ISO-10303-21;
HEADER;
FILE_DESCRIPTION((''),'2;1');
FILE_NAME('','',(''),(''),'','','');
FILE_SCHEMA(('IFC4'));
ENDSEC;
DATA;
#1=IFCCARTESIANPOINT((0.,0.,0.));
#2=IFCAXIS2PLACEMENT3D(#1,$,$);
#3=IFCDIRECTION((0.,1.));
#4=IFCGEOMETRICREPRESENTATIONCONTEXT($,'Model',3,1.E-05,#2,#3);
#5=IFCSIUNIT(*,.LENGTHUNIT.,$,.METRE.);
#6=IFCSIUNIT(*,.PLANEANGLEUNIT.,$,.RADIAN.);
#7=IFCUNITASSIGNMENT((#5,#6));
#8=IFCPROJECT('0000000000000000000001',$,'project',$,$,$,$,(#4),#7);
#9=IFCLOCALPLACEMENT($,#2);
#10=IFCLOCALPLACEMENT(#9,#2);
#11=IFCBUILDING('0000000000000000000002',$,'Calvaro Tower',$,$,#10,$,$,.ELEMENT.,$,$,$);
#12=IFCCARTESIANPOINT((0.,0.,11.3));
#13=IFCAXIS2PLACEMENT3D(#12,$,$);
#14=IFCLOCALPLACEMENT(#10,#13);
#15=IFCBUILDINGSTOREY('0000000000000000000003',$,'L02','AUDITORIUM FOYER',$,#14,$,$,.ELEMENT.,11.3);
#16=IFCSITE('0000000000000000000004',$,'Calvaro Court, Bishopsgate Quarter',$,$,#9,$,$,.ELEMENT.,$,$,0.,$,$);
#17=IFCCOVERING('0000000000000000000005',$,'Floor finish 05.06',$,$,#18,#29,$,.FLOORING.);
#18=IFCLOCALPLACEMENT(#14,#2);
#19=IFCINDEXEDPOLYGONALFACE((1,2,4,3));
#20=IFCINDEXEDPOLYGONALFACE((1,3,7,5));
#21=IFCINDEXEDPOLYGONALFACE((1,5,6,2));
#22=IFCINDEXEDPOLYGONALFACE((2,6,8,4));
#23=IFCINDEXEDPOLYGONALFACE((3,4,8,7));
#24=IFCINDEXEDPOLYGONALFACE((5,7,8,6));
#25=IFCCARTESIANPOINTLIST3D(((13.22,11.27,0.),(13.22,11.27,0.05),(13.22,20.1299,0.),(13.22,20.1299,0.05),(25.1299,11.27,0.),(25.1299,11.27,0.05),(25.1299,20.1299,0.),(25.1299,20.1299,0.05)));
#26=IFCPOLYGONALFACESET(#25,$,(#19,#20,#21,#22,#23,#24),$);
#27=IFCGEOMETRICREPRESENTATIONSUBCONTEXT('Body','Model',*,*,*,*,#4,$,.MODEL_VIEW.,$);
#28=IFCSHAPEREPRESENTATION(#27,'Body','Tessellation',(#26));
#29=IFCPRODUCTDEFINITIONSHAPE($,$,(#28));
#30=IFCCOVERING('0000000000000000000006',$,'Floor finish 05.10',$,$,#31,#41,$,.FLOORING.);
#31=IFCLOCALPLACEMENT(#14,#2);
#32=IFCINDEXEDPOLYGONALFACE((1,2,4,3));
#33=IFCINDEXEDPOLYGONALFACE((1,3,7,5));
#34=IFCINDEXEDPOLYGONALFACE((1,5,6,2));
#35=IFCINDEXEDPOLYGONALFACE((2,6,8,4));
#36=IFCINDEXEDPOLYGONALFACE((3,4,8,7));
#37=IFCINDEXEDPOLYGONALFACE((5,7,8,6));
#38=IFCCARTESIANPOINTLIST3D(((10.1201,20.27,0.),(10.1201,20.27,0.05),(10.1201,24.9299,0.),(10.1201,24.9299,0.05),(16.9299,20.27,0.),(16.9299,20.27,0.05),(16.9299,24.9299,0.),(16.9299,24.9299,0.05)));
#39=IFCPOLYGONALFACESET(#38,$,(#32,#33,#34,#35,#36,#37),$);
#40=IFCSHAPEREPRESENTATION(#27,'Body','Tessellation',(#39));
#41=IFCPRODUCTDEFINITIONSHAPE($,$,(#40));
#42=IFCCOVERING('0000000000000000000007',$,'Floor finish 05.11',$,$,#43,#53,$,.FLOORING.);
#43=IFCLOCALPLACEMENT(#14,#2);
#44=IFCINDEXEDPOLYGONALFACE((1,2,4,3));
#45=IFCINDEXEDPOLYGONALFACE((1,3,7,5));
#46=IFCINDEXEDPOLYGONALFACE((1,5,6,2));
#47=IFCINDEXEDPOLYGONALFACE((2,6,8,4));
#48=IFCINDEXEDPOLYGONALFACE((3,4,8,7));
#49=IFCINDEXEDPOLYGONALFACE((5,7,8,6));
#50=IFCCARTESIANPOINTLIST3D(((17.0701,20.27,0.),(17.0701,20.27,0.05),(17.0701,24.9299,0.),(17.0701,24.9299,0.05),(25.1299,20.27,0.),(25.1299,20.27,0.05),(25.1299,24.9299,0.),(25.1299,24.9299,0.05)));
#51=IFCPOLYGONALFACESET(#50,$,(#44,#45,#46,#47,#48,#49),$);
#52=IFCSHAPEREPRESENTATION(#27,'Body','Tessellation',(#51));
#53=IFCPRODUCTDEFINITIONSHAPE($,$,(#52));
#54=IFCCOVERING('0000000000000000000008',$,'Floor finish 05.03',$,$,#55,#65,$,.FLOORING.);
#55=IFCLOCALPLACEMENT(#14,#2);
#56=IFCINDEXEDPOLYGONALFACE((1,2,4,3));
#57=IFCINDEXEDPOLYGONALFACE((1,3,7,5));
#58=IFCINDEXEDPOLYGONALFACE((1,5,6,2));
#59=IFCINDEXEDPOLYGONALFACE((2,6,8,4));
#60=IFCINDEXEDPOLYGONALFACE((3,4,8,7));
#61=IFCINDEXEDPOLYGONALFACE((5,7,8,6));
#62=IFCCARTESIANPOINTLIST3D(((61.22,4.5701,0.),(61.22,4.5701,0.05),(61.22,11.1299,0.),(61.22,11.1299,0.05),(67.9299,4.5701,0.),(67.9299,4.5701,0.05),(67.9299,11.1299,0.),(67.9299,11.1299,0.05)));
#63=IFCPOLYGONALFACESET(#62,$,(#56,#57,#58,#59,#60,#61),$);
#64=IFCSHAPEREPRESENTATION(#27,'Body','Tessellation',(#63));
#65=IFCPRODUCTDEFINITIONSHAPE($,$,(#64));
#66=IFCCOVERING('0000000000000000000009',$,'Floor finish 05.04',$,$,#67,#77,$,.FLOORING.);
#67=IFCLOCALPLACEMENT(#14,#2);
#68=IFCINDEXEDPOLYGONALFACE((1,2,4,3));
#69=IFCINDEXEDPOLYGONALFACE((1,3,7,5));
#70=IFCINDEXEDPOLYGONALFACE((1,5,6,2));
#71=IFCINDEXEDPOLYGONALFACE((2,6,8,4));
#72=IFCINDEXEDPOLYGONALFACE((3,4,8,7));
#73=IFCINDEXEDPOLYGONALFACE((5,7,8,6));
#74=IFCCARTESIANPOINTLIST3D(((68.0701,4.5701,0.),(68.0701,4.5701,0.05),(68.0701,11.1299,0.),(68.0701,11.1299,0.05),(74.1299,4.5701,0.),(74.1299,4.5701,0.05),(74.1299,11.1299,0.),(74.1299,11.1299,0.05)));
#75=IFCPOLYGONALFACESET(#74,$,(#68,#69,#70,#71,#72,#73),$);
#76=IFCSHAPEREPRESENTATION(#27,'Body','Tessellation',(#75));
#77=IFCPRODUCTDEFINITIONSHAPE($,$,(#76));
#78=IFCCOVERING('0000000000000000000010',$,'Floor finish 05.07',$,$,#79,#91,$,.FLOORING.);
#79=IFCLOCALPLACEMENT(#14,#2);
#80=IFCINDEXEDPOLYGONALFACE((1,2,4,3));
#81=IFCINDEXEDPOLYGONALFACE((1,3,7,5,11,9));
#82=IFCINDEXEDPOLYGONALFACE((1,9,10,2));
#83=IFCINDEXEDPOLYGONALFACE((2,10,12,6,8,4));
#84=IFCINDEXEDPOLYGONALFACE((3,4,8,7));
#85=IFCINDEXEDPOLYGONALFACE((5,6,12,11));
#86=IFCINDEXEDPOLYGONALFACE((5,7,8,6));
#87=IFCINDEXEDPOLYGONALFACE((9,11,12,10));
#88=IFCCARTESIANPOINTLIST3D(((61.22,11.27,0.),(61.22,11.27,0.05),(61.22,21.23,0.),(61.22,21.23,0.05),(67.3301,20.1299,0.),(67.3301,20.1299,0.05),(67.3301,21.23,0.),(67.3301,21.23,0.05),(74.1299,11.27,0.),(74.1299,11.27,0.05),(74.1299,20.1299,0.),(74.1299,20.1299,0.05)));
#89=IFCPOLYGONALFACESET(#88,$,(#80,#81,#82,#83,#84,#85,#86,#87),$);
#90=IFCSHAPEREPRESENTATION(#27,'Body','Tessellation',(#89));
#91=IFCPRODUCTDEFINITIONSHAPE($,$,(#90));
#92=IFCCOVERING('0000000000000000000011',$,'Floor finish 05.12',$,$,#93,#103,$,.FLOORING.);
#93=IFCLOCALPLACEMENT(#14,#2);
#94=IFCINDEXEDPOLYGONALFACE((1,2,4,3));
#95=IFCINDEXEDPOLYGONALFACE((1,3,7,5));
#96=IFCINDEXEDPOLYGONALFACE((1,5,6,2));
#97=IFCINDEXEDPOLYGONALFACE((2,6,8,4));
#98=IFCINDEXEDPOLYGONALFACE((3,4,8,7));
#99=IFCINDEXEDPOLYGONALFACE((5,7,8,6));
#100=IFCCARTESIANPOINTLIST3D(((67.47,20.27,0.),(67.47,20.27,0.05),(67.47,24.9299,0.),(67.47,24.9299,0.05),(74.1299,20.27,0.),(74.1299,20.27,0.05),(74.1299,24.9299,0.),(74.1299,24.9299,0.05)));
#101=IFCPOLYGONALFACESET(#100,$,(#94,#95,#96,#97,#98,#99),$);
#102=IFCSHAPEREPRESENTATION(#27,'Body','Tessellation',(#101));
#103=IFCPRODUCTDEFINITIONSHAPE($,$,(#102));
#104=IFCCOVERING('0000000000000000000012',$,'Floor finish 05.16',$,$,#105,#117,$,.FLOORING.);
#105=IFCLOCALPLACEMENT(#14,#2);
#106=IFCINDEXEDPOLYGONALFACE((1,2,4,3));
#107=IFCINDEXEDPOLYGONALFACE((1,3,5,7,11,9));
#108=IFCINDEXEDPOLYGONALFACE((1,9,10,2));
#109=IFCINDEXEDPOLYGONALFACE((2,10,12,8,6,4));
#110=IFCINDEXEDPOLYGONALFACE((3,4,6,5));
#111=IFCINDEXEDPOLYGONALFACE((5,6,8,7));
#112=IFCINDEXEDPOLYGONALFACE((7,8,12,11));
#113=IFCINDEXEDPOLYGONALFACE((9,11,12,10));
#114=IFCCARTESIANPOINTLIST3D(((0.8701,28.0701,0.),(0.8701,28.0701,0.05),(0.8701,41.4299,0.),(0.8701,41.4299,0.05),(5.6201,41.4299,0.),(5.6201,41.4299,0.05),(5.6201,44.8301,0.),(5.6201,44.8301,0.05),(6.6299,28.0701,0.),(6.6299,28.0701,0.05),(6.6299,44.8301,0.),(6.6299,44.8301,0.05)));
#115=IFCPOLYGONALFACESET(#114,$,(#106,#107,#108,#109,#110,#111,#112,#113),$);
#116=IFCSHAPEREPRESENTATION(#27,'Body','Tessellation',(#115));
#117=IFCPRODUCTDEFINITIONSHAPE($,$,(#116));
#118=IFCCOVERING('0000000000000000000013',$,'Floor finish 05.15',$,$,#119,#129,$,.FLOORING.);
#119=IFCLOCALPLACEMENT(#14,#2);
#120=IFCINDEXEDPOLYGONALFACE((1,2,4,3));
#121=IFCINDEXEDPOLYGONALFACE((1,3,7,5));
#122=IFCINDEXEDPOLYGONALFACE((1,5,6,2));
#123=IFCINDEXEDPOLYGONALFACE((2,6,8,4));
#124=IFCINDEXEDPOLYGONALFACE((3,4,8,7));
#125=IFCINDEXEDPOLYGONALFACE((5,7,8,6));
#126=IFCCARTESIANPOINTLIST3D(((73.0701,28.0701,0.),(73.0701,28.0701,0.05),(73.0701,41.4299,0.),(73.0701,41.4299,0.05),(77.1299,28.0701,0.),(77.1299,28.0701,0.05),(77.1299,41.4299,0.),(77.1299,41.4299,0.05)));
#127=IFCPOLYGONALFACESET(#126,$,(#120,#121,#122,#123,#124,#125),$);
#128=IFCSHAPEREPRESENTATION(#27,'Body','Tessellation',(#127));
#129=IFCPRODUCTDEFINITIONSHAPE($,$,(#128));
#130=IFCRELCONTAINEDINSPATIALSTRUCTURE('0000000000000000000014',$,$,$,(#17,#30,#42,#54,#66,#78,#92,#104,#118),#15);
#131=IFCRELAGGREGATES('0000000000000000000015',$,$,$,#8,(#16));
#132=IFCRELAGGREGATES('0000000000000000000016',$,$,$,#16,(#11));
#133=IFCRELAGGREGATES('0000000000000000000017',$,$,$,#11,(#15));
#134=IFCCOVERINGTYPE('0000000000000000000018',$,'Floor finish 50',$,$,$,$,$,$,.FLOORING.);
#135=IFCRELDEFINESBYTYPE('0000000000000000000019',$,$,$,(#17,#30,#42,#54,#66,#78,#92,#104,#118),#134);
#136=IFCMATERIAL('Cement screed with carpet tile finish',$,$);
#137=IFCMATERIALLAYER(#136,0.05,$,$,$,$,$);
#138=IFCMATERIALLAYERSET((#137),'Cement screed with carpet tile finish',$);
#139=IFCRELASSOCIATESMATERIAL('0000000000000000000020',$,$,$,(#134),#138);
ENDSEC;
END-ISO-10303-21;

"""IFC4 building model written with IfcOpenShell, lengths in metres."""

from ifc_helpers import new_model, si_unit, direction, frame, origin, place, context, subcontext, project, spatial, polyline, outline, extrude, material, layer, layer_set, type_object, element, save


model = new_model("IFC4")

# Units and contexts
model_context = context("Model", 3, precision=1e-05, world=origin(), true_north=direction((0.0, 1.0)))
body_context = subcontext(model_context, "Body", "Model", "MODEL_VIEW")
ifc_project = project(units=[si_unit("LENGTHUNIT", "METRE"), si_unit("PLANEANGLEUNIT", "RADIAN")], contexts=[model_context])

# Site, building, storey
site_placement = place(None, origin())
site = spatial("IfcSite", under=ifc_project, at=site_placement, Name="Calvaro Court, Bishopsgate Quarter", CompositionType="ELEMENT", RefElevation=0.0)
building_placement = place(site_placement, origin())
building = spatial("IfcBuilding", under=site, at=building_placement, Name="Calvaro Tower", CompositionType="ELEMENT")
storey_placement = place(building_placement, frame((0.0, 0.0, 11.3)))
storey = spatial("IfcBuildingStorey", under=building, at=storey_placement, Name="L02", Description="AUDITORIUM FOYER", CompositionType="ELEMENT", Elevation=11.3)

# Coverings
ifc_material_1 = material(Name="Cement screed with carpet tile finish")
ifc_layer_1 = layer(ifc_material_1, 0.05)
ifc_layer_set_1 = layer_set([ifc_layer_1], Name="Cement screed with carpet tile finish")
covering_type = type_object("IfcCoveringType", Name="Floor finish 50", PredefinedType="FLOORING", material=ifc_layer_set_1)
covering_1_placement = place(storey_placement, origin())
element("IfcCovering", 1, at=covering_1_placement, inside=storey, type_object=covering_type, Name="Floor finish 05.06", PredefinedType="FLOORING", context=body_context, shape_type="SweptSolid", body=[
    extrude(outline(polyline([(13.22, 20.1299), (25.1299, 20.1299), (25.1299, 11.27), (13.22, 11.27), (13.22, 20.1299)])), origin(), (0.0, 0.0, 1.0), 0.05),
])
covering_2_placement = place(storey_placement, origin())
element("IfcCovering", 2, at=covering_2_placement, inside=storey, type_object=covering_type, Name="Floor finish 05.10", PredefinedType="FLOORING", context=body_context, shape_type="SweptSolid", body=[
    extrude(outline(polyline([(10.1201, 24.9299), (16.9299, 24.9299), (16.9299, 20.27), (10.1201, 20.27), (10.1201, 24.9299)])), origin(), (0.0, 0.0, 1.0), 0.05),
])
covering_3_placement = place(storey_placement, origin())
element("IfcCovering", 3, at=covering_3_placement, inside=storey, type_object=covering_type, Name="Floor finish 05.11", PredefinedType="FLOORING", context=body_context, shape_type="SweptSolid", body=[
    extrude(outline(polyline([(17.0701, 24.9299), (25.1299, 24.9299), (25.1299, 20.27), (17.0701, 20.27), (17.0701, 24.9299)])), origin(), (0.0, 0.0, 1.0), 0.05),
])
covering_4_placement = place(storey_placement, origin())
element("IfcCovering", 4, at=covering_4_placement, inside=storey, type_object=covering_type, Name="Floor finish 05.03", PredefinedType="FLOORING", context=body_context, shape_type="SweptSolid", body=[
    extrude(outline(polyline([(61.22, 11.1299), (67.9299, 11.1299), (67.9299, 4.5701), (61.22, 4.5701), (61.22, 11.1299)])), origin(), (0.0, 0.0, 1.0), 0.05),
])
covering_5_placement = place(storey_placement, origin())
element("IfcCovering", 5, at=covering_5_placement, inside=storey, type_object=covering_type, Name="Floor finish 05.04", PredefinedType="FLOORING", context=body_context, shape_type="SweptSolid", body=[
    extrude(outline(polyline([(68.0701, 11.1299), (74.1299, 11.1299), (74.1299, 4.5701), (68.0701, 4.5701), (68.0701, 11.1299)])), origin(), (0.0, 0.0, 1.0), 0.05),
])
covering_6_placement = place(storey_placement, origin())
element("IfcCovering", 6, at=covering_6_placement, inside=storey, type_object=covering_type, Name="Floor finish 05.07", PredefinedType="FLOORING", context=body_context, shape_type="SweptSolid", body=[
    extrude(outline(polyline([(67.3301, 21.23), (67.3301, 20.1299), (74.1299, 20.1299), (74.1299, 11.27), (61.22, 11.27), (61.22, 21.23), (67.3301, 21.23)])), origin(), (0.0, 0.0, 1.0), 0.05),
])
covering_7_placement = place(storey_placement, origin())
element("IfcCovering", 7, at=covering_7_placement, inside=storey, type_object=covering_type, Name="Floor finish 05.12", PredefinedType="FLOORING", context=body_context, shape_type="SweptSolid", body=[
    extrude(outline(polyline([(67.47, 24.9299), (74.1299, 24.9299), (74.1299, 20.27), (67.47, 20.27), (67.47, 24.9299)])), origin(), (0.0, 0.0, 1.0), 0.05),
])
covering_8_placement = place(storey_placement, origin())
element("IfcCovering", 8, at=covering_8_placement, inside=storey, type_object=covering_type, Name="Floor finish 05.16", PredefinedType="FLOORING", context=body_context, shape_type="SweptSolid", body=[
    extrude(outline(polyline([(0.8701, 28.0701), (0.8701, 41.4299), (5.6201, 41.4299), (5.6201, 44.8301), (6.6299, 44.8301), (6.6299, 28.0701), (0.8701, 28.0701)])), origin(), (0.0, 0.0, 1.0), 0.05),
])
covering_9_placement = place(storey_placement, origin())
element("IfcCovering", 9, at=covering_9_placement, inside=storey, type_object=covering_type, Name="Floor finish 05.15", PredefinedType="FLOORING", context=body_context, shape_type="SweptSolid", body=[
    extrude(outline(polyline([(73.0701, 28.0701), (73.0701, 41.4299), (77.1299, 41.4299), (77.1299, 28.0701), (73.0701, 28.0701)])), origin(), (0.0, 0.0, 1.0), 0.05),
])

save(model, "model.ifc")
